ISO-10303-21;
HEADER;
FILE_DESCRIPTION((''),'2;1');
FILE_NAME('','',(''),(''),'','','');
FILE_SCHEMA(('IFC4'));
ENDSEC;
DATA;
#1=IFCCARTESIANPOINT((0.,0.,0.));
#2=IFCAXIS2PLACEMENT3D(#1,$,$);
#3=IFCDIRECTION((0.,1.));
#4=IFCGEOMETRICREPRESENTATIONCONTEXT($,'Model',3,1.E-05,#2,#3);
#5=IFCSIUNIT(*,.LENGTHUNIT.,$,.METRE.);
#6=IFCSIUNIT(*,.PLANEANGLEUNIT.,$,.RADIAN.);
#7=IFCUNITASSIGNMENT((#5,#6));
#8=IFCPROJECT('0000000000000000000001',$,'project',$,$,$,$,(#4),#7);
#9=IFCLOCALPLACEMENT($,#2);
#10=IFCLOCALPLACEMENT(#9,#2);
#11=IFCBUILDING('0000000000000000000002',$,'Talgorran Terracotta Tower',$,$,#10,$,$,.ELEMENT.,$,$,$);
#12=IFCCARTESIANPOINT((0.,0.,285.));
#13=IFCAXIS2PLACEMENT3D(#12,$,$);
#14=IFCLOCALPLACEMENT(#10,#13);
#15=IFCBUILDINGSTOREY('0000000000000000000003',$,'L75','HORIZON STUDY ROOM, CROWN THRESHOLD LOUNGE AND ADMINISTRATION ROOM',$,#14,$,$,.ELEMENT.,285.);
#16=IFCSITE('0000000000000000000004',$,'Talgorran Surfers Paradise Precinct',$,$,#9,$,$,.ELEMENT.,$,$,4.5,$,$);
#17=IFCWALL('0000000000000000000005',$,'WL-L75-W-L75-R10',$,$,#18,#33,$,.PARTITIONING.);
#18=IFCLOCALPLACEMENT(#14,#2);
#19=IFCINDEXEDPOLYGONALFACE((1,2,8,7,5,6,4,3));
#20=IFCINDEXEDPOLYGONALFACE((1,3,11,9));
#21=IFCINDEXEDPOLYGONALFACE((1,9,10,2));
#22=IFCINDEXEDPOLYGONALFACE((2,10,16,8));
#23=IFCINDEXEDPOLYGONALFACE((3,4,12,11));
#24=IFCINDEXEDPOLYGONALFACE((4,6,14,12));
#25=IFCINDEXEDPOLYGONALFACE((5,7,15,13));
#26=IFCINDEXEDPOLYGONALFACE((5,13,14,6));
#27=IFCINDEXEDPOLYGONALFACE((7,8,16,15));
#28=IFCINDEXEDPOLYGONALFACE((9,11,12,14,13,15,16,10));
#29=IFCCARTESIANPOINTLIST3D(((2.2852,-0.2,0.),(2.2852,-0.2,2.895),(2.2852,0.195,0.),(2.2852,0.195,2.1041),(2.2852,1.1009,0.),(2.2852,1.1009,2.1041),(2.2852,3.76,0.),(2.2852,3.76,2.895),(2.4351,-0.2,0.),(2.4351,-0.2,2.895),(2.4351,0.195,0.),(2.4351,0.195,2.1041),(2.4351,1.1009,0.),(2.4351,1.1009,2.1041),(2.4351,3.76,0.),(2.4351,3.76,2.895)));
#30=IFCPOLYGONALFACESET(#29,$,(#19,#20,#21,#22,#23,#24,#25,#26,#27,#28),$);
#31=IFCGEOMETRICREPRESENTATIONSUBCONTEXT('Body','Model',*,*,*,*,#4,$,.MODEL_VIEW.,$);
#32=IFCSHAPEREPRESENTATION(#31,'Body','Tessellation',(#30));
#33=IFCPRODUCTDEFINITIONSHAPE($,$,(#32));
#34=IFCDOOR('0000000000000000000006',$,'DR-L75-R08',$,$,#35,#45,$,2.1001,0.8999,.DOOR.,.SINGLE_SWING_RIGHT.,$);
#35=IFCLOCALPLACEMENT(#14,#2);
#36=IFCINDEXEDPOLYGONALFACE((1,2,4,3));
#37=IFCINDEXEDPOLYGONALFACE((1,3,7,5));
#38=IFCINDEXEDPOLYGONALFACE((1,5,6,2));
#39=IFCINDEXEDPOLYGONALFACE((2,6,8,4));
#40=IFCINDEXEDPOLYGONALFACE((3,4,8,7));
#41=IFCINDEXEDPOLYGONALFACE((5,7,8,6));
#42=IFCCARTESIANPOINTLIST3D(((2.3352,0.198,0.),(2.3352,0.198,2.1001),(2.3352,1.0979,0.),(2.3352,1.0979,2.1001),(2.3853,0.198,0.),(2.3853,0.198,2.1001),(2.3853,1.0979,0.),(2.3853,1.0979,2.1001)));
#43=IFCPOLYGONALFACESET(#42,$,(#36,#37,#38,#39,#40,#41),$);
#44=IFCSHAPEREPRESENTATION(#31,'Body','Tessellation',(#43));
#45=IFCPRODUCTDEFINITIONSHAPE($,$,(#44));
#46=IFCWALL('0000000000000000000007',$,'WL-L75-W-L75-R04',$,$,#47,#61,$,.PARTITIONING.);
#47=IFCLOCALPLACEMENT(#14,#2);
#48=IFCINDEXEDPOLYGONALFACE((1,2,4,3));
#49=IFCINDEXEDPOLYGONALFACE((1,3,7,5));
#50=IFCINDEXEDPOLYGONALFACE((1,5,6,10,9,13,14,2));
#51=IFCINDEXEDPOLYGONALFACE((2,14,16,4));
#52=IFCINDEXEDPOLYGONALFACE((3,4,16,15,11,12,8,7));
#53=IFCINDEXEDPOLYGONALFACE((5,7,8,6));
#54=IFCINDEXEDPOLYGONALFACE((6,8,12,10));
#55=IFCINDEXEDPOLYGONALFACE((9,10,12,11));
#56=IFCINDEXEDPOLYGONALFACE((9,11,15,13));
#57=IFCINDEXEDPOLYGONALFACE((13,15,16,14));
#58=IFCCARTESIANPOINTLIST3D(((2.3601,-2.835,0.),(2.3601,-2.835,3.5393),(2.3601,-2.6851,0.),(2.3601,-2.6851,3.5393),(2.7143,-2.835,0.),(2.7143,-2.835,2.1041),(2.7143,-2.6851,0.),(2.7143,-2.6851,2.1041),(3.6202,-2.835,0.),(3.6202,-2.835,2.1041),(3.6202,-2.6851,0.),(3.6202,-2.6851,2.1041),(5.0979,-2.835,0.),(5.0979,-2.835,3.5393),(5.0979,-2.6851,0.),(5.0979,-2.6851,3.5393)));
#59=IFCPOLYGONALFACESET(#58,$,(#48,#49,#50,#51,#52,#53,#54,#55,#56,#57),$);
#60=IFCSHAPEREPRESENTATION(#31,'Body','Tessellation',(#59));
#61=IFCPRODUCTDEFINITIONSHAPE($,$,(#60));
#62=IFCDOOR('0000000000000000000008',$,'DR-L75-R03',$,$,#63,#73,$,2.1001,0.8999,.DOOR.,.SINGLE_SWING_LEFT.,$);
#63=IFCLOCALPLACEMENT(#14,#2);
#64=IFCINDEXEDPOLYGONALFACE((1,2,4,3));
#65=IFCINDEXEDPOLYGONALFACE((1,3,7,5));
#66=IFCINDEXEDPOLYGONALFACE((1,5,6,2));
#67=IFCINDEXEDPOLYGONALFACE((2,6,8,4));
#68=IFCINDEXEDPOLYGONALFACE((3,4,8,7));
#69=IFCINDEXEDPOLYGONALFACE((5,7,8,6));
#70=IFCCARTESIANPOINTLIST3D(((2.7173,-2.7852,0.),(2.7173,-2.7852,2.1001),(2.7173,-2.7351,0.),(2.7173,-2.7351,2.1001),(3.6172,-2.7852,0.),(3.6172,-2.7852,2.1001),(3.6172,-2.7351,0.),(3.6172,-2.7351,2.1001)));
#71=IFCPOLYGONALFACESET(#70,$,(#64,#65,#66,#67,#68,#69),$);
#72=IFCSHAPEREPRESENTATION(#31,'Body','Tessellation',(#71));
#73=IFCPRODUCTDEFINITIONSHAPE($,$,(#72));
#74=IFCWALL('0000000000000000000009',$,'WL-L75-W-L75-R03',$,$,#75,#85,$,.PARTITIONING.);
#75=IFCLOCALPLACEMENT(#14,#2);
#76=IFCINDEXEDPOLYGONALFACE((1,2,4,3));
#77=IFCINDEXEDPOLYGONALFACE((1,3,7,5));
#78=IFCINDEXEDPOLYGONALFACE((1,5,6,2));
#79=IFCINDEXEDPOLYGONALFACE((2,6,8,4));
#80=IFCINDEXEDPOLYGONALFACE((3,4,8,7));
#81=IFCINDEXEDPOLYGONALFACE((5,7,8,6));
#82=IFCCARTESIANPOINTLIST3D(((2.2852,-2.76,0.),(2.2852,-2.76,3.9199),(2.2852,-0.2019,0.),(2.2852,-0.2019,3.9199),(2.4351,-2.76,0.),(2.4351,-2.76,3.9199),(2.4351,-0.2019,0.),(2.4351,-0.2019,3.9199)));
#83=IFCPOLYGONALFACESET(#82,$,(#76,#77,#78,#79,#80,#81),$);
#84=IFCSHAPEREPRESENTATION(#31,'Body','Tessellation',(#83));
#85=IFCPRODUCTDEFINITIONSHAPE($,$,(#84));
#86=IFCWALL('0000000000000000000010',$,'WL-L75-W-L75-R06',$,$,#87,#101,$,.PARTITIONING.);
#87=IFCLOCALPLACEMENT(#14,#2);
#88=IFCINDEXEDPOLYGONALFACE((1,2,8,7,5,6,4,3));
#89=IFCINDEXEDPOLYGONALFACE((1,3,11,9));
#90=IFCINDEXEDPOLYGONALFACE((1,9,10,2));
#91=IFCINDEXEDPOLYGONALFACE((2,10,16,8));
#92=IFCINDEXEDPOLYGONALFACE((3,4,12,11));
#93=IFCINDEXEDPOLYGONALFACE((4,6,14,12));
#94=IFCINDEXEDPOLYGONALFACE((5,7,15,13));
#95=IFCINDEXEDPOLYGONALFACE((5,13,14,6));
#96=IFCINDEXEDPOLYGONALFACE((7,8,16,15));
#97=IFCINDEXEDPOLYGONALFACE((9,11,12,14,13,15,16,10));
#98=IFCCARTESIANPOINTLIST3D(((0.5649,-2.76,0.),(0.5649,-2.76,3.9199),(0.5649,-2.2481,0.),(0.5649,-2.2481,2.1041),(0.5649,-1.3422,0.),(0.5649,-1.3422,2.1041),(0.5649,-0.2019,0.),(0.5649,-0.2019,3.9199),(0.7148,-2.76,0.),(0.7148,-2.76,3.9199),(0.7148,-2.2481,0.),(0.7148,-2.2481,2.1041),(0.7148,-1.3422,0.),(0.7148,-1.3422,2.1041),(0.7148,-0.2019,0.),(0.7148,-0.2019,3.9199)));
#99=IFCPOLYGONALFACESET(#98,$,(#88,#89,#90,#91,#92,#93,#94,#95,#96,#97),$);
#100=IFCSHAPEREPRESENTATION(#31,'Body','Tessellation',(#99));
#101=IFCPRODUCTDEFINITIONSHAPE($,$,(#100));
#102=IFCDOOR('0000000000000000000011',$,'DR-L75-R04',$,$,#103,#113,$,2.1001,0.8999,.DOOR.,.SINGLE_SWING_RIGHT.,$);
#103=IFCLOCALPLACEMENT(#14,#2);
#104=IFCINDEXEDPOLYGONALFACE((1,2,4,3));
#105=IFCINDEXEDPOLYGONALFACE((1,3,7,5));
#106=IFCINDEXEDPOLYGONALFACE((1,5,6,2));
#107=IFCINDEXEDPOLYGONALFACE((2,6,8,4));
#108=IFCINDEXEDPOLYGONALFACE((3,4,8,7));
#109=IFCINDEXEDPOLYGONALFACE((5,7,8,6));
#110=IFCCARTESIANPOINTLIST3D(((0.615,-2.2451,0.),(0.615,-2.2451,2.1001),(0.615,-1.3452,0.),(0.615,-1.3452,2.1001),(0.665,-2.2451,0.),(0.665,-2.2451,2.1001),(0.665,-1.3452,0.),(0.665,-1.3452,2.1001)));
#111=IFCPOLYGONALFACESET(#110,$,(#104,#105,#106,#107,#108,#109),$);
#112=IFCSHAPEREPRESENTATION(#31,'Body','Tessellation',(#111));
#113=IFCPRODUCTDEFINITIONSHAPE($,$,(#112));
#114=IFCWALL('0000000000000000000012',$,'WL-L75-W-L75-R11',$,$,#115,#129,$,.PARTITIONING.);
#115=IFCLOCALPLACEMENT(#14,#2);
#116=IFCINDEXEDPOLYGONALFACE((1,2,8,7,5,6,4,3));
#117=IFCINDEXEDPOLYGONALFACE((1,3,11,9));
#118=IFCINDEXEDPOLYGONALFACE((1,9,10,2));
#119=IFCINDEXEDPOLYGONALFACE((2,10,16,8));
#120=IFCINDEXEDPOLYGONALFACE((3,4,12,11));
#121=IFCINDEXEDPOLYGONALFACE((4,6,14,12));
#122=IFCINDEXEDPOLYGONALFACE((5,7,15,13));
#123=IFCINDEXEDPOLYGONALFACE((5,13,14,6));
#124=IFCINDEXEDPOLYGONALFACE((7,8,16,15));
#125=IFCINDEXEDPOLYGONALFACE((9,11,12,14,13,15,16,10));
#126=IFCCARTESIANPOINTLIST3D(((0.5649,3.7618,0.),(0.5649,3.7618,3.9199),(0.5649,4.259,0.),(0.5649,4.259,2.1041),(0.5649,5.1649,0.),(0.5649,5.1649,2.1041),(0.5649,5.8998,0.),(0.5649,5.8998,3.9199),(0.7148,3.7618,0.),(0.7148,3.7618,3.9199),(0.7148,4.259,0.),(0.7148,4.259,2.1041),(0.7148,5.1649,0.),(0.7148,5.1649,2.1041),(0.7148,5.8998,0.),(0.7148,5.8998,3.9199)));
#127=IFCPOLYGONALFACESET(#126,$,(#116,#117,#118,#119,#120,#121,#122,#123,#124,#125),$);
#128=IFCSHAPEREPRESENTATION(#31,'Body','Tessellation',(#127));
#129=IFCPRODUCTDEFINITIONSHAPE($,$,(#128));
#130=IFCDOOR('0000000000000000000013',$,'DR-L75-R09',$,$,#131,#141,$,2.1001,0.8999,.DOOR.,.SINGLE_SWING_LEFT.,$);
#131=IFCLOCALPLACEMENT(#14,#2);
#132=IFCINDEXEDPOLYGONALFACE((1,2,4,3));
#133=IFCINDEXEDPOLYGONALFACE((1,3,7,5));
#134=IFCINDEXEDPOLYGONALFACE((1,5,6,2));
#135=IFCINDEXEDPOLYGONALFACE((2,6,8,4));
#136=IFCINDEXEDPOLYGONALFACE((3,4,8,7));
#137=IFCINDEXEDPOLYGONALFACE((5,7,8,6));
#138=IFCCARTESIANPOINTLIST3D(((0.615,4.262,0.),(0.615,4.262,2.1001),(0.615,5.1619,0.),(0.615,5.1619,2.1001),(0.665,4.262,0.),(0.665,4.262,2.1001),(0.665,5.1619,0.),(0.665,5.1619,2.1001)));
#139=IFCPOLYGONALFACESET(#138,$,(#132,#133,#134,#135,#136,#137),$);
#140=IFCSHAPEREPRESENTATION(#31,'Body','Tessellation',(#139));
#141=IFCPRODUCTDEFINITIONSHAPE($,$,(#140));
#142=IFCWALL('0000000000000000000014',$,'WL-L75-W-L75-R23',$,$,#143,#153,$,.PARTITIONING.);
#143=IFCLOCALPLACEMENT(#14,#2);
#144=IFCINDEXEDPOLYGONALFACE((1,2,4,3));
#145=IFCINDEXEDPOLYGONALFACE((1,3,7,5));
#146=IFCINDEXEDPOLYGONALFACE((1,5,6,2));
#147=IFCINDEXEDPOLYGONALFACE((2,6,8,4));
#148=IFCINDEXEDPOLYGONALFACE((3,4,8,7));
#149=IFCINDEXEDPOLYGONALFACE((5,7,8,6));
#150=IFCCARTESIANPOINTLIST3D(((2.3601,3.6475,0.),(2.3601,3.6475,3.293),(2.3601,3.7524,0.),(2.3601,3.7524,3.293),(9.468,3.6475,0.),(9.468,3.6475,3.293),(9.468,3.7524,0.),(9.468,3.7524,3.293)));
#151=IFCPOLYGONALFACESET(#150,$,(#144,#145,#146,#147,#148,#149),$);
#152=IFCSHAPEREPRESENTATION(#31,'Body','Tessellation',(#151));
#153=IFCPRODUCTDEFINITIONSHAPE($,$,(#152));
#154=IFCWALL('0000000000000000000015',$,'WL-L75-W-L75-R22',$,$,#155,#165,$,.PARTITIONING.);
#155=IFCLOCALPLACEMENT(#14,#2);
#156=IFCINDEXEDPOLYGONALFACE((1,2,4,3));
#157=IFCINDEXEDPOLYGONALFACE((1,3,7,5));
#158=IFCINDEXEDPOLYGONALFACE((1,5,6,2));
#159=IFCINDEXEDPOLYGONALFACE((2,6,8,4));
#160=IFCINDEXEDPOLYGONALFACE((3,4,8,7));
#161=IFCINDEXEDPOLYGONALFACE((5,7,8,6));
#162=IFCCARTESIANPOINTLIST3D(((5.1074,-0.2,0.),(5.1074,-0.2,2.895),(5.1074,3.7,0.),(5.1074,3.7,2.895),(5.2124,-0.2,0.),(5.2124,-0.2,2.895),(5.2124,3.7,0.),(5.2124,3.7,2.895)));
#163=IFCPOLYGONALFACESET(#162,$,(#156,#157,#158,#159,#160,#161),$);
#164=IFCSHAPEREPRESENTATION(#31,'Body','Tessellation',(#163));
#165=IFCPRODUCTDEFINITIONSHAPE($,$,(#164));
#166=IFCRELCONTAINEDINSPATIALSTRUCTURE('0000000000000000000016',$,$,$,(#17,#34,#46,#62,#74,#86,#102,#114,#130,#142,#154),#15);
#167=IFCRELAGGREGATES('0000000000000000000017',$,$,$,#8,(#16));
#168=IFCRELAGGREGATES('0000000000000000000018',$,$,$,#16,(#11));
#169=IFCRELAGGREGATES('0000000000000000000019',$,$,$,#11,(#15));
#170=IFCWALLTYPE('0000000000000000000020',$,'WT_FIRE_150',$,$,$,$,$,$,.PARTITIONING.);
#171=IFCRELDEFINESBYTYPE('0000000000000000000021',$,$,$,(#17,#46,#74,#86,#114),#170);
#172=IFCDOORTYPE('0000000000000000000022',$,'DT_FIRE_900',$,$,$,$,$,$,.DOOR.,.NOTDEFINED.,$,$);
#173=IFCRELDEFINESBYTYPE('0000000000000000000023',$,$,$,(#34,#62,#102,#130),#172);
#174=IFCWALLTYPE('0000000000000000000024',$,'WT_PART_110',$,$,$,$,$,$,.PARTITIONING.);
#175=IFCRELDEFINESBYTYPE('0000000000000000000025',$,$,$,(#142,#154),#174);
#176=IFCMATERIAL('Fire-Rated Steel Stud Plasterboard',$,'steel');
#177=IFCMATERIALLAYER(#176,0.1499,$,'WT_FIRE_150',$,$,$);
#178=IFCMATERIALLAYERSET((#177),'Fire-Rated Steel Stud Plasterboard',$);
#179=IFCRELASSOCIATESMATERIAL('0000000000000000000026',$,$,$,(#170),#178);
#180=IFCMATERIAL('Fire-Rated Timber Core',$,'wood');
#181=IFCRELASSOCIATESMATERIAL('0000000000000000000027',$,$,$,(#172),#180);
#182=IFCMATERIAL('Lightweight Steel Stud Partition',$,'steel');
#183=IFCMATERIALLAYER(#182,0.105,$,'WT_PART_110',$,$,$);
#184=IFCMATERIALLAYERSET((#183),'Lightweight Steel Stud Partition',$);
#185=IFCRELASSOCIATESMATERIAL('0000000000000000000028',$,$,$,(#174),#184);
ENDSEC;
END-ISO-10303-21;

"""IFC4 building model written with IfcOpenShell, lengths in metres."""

from ifc_helpers import new_model, si_unit, direction, frame, frame_2d, origin, place, context, subcontext, project, spatial, rectangle, extrude, material, layer, layer_set, type_object, element, fill, save


model = new_model("IFC4")

# Units and contexts
model_context = context("Model", 3, precision=1e-05, world=origin(), true_north=direction((0.0, 1.0)))
body_context = subcontext(model_context, "Body", "Model", "MODEL_VIEW")
ifc_project = project(units=[si_unit("LENGTHUNIT", "METRE"), si_unit("PLANEANGLEUNIT", "RADIAN")], contexts=[model_context])

# Site, building, storey
site_placement = place(None, origin())
site = spatial("IfcSite", under=ifc_project, at=site_placement, Name="Talgorran Surfers Paradise Precinct", CompositionType="ELEMENT", RefElevation=4.5)
building_placement = place(site_placement, origin())
building = spatial("IfcBuilding", under=site, at=building_placement, Name="Talgorran Terracotta Tower", CompositionType="ELEMENT")
storey_placement = place(building_placement, frame((0.0, 0.0, 285.0)))
storey = spatial("IfcBuildingStorey", under=building, at=storey_placement, Name="L75", Description="HORIZON STUDY ROOM, CROWN THRESHOLD LOUNGE AND ADMINISTRATION ROOM", CompositionType="ELEMENT", Elevation=285.0)

# Shared definitions
ifc_material_1 = material(Name="Fire-Rated Steel Stud Plasterboard", Category="steel")
ifc_layer_1 = layer(ifc_material_1, 0.1499, Name="WT_FIRE_150")
ifc_layer_set_1 = layer_set([ifc_layer_1], Name="Fire-Rated Steel Stud Plasterboard")
wall_type_1 = type_object("IfcWallType", Name="WT_FIRE_150", PredefinedType="PARTITIONING", material=ifc_layer_set_1)

# Walls, openings, doors
ifc_material_2 = material(Name="Fire-Rated Timber Core", Category="wood")
door_type = type_object("IfcDoorType", Name="DT_FIRE_900", OperationType="NOTDEFINED", PredefinedType="DOOR", material=ifc_material_2)
wall_1_placement = place(storey_placement, frame((2.3601, -0.2, 0.0), z_axis=(0.0, 0.0, 1.0), x_axis=(0.0, 1.0, 0.0)))
wall_1 = element("IfcWall", 1, at=wall_1_placement, inside=storey, type_object=wall_type_1, Name="WL-L75-W-L75-R10", PredefinedType="PARTITIONING", context=body_context, shape_type="SweptSolid", body=[
    extrude(rectangle(XDim=3.96, YDim=0.1499, at=frame_2d((1.98, 0.0))), origin(), (0.0, 0.0, 1.0), 2.895),
])
opening_1_placement = place(wall_1_placement, frame((0.3979, 0.0, 0.0)))
opening_1 = element("IfcOpeningElement", 2, at=opening_1_placement, cuts=wall_1, PredefinedType="OPENING", context=body_context, shape_type="SweptSolid", body=[
    extrude(rectangle(XDim=0.9059, YDim=2.1041, at=frame_2d((0.45, 1.052))), frame((0.0, 0.085, 0.0), z_axis=(0.0, -1.0, 0.0), x_axis=(1.0, 0.0, 0.0)), (0.0, 0.0, 1.0), 0.1699),
])
door_1_placement = place(opening_1_placement, origin())
door_1 = element("IfcDoor", 3, at=door_1_placement, inside=storey, type_object=door_type, Name="DR-L75-R08", OperationType="SINGLE_SWING_RIGHT", OverallHeight=2.1001, OverallWidth=0.8999, PredefinedType="DOOR", context=body_context, shape_type="SweptSolid", body=[
    extrude(rectangle(XDim=0.8999, YDim=2.1001, at=frame_2d((0.45, 1.05))), frame((0.0, 0.0249, 0.0), z_axis=(0.0, -1.0, 0.0), x_axis=(1.0, 0.0, 0.0)), (0.0, 0.0, 1.0), 0.05),
])
fill(opening_1, door_1)
wall_2_placement = place(storey_placement, frame((2.3601, -2.76, 0.0), z_axis=(0.0, 0.0, 1.0), x_axis=(1.0, 0.0, 0.0)))
wall_2 = element("IfcWall", 4, at=wall_2_placement, inside=storey, type_object=wall_type_1, Name="WL-L75-W-L75-R04", PredefinedType="PARTITIONING", context=body_context, shape_type="SweptSolid", body=[
    extrude(rectangle(XDim=2.7378, YDim=0.1499, at=frame_2d((1.3689, 0.0))), origin(), (0.0, 0.0, 1.0), 3.5393),
])
opening_2_placement = place(wall_2_placement, frame((0.3572, 0.0, 0.0)))
opening_2 = element("IfcOpeningElement", 5, at=opening_2_placement, cuts=wall_2, PredefinedType="OPENING", context=body_context, shape_type="SweptSolid", body=[
    extrude(rectangle(XDim=0.9059, YDim=2.1041, at=frame_2d((0.45, 1.052))), frame((0.0, 0.085, 0.0), z_axis=(0.0, -1.0, 0.0), x_axis=(1.0, 0.0, 0.0)), (0.0, 0.0, 1.0), 0.1699),
])
door_2_placement = place(opening_2_placement, origin())
door_2 = element("IfcDoor", 6, at=door_2_placement, inside=storey, type_object=door_type, Name="DR-L75-R03", OperationType="SINGLE_SWING_LEFT", OverallHeight=2.1001, OverallWidth=0.8999, PredefinedType="DOOR", context=body_context, shape_type="SweptSolid", body=[
    extrude(rectangle(XDim=0.8999, YDim=2.1001, at=frame_2d((0.45, 1.05))), frame((0.0, 0.0249, 0.0), z_axis=(0.0, -1.0, 0.0), x_axis=(1.0, 0.0, 0.0)), (0.0, 0.0, 1.0), 0.05),
])
fill(opening_2, door_2)

# Wall
wall_3_placement = place(storey_placement, frame((2.3601, -2.76, 0.0), z_axis=(0.0, 0.0, 1.0), x_axis=(0.0, 1.0, 0.0)))
element("IfcWall", 7, at=wall_3_placement, inside=storey, type_object=wall_type_1, Name="WL-L75-W-L75-R03", PredefinedType="PARTITIONING", context=body_context, shape_type="SweptSolid", body=[
    extrude(rectangle(XDim=2.5581, YDim=0.1499, at=frame_2d((1.2791, 0.0))), origin(), (0.0, 0.0, 1.0), 3.9199),
])

# Walls, openings, doors
wall_4_placement = place(storey_placement, frame((0.6399, -2.76, 0.0), z_axis=(0.0, 0.0, 1.0), x_axis=(0.0, 1.0, 0.0)))
wall_4 = element("IfcWall", 8, at=wall_4_placement, inside=storey, type_object=wall_type_1, Name="WL-L75-W-L75-R06", PredefinedType="PARTITIONING", context=body_context, shape_type="SweptSolid", body=[
    extrude(rectangle(XDim=2.5581, YDim=0.1499, at=frame_2d((1.2791, 0.0))), origin(), (0.0, 0.0, 1.0), 3.9199),
])
opening_3_placement = place(wall_4_placement, frame((0.5149, 0.0, 0.0)))
opening_3 = element("IfcOpeningElement", 9, at=opening_3_placement, cuts=wall_4, PredefinedType="OPENING", context=body_context, shape_type="SweptSolid", body=[
    extrude(rectangle(XDim=0.9059, YDim=2.1041, at=frame_2d((0.45, 1.052))), frame((0.0, 0.085, 0.0), z_axis=(0.0, -1.0, 0.0), x_axis=(1.0, 0.0, 0.0)), (0.0, 0.0, 1.0), 0.1699),
])
door_3_placement = place(opening_3_placement, origin())
door_3 = element("IfcDoor", 10, at=door_3_placement, inside=storey, type_object=door_type, Name="DR-L75-R04", OperationType="SINGLE_SWING_RIGHT", OverallHeight=2.1001, OverallWidth=0.8999, PredefinedType="DOOR", context=body_context, shape_type="SweptSolid", body=[
    extrude(rectangle(XDim=0.8999, YDim=2.1001, at=frame_2d((0.45, 1.05))), frame((0.0, 0.0249, 0.0), z_axis=(0.0, -1.0, 0.0), x_axis=(1.0, 0.0, 0.0)), (0.0, 0.0, 1.0), 0.05),
])
fill(opening_3, door_3)
wall_5_placement = place(storey_placement, frame((0.6399, 3.762, 0.0), z_axis=(0.0, 0.0, 1.0), x_axis=(0.0, 1.0, 0.0)))
wall_5 = element("IfcWall", 11, at=wall_5_placement, inside=storey, type_object=wall_type_1, Name="WL-L75-W-L75-R11", PredefinedType="PARTITIONING", context=body_context, shape_type="SweptSolid", body=[
    extrude(rectangle(XDim=2.1379, YDim=0.1499, at=frame_2d((1.0688, 0.0))), origin(), (0.0, 0.0, 1.0), 3.9199),
])
opening_4_placement = place(wall_5_placement, frame((0.5, 0.0, 0.0)))
opening_4 = element("IfcOpeningElement", 12, at=opening_4_placement, cuts=wall_5, PredefinedType="OPENING", context=body_context, shape_type="SweptSolid", body=[
    extrude(rectangle(XDim=0.9059, YDim=2.1041, at=frame_2d((0.45, 1.052))), frame((0.0, 0.085, 0.0), z_axis=(0.0, -1.0, 0.0), x_axis=(1.0, 0.0, 0.0)), (0.0, 0.0, 1.0), 0.1699),
])
door_4_placement = place(opening_4_placement, origin())
door_4 = element("IfcDoor", 13, at=door_4_placement, inside=storey, type_object=door_type, Name="DR-L75-R09", OperationType="SINGLE_SWING_LEFT", OverallHeight=2.1001, OverallWidth=0.8999, PredefinedType="DOOR", context=body_context, shape_type="SweptSolid", body=[
    extrude(rectangle(XDim=0.8999, YDim=2.1001, at=frame_2d((0.45, 1.05))), frame((0.0, 0.0249, 0.0), z_axis=(0.0, -1.0, 0.0), x_axis=(1.0, 0.0, 0.0)), (0.0, 0.0, 1.0), 0.05),
])
fill(opening_4, door_4)

# Walls
ifc_material_3 = material(Name="Lightweight Steel Stud Partition", Category="steel")
ifc_layer_2 = layer(ifc_material_3, 0.105, Name="WT_PART_110")
ifc_layer_set_2 = layer_set([ifc_layer_2], Name="Lightweight Steel Stud Partition")
wall_type_2 = type_object("IfcWallType", Name="WT_PART_110", PredefinedType="PARTITIONING", material=ifc_layer_set_2)
wall_6_placement = place(storey_placement, frame((2.3601, 3.7, 0.0), z_axis=(0.0, 0.0, 1.0), x_axis=(1.0, 0.0, 0.0)))
element("IfcWall", 14, at=wall_6_placement, inside=storey, type_object=wall_type_2, Name="WL-L75-W-L75-R23", PredefinedType="PARTITIONING", context=body_context, shape_type="SweptSolid", body=[
    extrude(rectangle(XDim=7.1079, YDim=0.105, at=frame_2d((3.554, 0.0))), origin(), (0.0, 0.0, 1.0), 3.293),
])
wall_7_placement = place(storey_placement, frame((5.1599, -0.2, 0.0), z_axis=(0.0, 0.0, 1.0), x_axis=(0.0, 1.0, 0.0)))
element("IfcWall", 15, at=wall_7_placement, inside=storey, type_object=wall_type_2, Name="WL-L75-W-L75-R22", PredefinedType="PARTITIONING", context=body_context, shape_type="SweptSolid", body=[
    extrude(rectangle(XDim=3.8999, YDim=0.105, at=frame_2d((1.95, 0.0))), origin(), (0.0, 0.0, 1.0), 2.895),
])

save(model, "model.ifc")
